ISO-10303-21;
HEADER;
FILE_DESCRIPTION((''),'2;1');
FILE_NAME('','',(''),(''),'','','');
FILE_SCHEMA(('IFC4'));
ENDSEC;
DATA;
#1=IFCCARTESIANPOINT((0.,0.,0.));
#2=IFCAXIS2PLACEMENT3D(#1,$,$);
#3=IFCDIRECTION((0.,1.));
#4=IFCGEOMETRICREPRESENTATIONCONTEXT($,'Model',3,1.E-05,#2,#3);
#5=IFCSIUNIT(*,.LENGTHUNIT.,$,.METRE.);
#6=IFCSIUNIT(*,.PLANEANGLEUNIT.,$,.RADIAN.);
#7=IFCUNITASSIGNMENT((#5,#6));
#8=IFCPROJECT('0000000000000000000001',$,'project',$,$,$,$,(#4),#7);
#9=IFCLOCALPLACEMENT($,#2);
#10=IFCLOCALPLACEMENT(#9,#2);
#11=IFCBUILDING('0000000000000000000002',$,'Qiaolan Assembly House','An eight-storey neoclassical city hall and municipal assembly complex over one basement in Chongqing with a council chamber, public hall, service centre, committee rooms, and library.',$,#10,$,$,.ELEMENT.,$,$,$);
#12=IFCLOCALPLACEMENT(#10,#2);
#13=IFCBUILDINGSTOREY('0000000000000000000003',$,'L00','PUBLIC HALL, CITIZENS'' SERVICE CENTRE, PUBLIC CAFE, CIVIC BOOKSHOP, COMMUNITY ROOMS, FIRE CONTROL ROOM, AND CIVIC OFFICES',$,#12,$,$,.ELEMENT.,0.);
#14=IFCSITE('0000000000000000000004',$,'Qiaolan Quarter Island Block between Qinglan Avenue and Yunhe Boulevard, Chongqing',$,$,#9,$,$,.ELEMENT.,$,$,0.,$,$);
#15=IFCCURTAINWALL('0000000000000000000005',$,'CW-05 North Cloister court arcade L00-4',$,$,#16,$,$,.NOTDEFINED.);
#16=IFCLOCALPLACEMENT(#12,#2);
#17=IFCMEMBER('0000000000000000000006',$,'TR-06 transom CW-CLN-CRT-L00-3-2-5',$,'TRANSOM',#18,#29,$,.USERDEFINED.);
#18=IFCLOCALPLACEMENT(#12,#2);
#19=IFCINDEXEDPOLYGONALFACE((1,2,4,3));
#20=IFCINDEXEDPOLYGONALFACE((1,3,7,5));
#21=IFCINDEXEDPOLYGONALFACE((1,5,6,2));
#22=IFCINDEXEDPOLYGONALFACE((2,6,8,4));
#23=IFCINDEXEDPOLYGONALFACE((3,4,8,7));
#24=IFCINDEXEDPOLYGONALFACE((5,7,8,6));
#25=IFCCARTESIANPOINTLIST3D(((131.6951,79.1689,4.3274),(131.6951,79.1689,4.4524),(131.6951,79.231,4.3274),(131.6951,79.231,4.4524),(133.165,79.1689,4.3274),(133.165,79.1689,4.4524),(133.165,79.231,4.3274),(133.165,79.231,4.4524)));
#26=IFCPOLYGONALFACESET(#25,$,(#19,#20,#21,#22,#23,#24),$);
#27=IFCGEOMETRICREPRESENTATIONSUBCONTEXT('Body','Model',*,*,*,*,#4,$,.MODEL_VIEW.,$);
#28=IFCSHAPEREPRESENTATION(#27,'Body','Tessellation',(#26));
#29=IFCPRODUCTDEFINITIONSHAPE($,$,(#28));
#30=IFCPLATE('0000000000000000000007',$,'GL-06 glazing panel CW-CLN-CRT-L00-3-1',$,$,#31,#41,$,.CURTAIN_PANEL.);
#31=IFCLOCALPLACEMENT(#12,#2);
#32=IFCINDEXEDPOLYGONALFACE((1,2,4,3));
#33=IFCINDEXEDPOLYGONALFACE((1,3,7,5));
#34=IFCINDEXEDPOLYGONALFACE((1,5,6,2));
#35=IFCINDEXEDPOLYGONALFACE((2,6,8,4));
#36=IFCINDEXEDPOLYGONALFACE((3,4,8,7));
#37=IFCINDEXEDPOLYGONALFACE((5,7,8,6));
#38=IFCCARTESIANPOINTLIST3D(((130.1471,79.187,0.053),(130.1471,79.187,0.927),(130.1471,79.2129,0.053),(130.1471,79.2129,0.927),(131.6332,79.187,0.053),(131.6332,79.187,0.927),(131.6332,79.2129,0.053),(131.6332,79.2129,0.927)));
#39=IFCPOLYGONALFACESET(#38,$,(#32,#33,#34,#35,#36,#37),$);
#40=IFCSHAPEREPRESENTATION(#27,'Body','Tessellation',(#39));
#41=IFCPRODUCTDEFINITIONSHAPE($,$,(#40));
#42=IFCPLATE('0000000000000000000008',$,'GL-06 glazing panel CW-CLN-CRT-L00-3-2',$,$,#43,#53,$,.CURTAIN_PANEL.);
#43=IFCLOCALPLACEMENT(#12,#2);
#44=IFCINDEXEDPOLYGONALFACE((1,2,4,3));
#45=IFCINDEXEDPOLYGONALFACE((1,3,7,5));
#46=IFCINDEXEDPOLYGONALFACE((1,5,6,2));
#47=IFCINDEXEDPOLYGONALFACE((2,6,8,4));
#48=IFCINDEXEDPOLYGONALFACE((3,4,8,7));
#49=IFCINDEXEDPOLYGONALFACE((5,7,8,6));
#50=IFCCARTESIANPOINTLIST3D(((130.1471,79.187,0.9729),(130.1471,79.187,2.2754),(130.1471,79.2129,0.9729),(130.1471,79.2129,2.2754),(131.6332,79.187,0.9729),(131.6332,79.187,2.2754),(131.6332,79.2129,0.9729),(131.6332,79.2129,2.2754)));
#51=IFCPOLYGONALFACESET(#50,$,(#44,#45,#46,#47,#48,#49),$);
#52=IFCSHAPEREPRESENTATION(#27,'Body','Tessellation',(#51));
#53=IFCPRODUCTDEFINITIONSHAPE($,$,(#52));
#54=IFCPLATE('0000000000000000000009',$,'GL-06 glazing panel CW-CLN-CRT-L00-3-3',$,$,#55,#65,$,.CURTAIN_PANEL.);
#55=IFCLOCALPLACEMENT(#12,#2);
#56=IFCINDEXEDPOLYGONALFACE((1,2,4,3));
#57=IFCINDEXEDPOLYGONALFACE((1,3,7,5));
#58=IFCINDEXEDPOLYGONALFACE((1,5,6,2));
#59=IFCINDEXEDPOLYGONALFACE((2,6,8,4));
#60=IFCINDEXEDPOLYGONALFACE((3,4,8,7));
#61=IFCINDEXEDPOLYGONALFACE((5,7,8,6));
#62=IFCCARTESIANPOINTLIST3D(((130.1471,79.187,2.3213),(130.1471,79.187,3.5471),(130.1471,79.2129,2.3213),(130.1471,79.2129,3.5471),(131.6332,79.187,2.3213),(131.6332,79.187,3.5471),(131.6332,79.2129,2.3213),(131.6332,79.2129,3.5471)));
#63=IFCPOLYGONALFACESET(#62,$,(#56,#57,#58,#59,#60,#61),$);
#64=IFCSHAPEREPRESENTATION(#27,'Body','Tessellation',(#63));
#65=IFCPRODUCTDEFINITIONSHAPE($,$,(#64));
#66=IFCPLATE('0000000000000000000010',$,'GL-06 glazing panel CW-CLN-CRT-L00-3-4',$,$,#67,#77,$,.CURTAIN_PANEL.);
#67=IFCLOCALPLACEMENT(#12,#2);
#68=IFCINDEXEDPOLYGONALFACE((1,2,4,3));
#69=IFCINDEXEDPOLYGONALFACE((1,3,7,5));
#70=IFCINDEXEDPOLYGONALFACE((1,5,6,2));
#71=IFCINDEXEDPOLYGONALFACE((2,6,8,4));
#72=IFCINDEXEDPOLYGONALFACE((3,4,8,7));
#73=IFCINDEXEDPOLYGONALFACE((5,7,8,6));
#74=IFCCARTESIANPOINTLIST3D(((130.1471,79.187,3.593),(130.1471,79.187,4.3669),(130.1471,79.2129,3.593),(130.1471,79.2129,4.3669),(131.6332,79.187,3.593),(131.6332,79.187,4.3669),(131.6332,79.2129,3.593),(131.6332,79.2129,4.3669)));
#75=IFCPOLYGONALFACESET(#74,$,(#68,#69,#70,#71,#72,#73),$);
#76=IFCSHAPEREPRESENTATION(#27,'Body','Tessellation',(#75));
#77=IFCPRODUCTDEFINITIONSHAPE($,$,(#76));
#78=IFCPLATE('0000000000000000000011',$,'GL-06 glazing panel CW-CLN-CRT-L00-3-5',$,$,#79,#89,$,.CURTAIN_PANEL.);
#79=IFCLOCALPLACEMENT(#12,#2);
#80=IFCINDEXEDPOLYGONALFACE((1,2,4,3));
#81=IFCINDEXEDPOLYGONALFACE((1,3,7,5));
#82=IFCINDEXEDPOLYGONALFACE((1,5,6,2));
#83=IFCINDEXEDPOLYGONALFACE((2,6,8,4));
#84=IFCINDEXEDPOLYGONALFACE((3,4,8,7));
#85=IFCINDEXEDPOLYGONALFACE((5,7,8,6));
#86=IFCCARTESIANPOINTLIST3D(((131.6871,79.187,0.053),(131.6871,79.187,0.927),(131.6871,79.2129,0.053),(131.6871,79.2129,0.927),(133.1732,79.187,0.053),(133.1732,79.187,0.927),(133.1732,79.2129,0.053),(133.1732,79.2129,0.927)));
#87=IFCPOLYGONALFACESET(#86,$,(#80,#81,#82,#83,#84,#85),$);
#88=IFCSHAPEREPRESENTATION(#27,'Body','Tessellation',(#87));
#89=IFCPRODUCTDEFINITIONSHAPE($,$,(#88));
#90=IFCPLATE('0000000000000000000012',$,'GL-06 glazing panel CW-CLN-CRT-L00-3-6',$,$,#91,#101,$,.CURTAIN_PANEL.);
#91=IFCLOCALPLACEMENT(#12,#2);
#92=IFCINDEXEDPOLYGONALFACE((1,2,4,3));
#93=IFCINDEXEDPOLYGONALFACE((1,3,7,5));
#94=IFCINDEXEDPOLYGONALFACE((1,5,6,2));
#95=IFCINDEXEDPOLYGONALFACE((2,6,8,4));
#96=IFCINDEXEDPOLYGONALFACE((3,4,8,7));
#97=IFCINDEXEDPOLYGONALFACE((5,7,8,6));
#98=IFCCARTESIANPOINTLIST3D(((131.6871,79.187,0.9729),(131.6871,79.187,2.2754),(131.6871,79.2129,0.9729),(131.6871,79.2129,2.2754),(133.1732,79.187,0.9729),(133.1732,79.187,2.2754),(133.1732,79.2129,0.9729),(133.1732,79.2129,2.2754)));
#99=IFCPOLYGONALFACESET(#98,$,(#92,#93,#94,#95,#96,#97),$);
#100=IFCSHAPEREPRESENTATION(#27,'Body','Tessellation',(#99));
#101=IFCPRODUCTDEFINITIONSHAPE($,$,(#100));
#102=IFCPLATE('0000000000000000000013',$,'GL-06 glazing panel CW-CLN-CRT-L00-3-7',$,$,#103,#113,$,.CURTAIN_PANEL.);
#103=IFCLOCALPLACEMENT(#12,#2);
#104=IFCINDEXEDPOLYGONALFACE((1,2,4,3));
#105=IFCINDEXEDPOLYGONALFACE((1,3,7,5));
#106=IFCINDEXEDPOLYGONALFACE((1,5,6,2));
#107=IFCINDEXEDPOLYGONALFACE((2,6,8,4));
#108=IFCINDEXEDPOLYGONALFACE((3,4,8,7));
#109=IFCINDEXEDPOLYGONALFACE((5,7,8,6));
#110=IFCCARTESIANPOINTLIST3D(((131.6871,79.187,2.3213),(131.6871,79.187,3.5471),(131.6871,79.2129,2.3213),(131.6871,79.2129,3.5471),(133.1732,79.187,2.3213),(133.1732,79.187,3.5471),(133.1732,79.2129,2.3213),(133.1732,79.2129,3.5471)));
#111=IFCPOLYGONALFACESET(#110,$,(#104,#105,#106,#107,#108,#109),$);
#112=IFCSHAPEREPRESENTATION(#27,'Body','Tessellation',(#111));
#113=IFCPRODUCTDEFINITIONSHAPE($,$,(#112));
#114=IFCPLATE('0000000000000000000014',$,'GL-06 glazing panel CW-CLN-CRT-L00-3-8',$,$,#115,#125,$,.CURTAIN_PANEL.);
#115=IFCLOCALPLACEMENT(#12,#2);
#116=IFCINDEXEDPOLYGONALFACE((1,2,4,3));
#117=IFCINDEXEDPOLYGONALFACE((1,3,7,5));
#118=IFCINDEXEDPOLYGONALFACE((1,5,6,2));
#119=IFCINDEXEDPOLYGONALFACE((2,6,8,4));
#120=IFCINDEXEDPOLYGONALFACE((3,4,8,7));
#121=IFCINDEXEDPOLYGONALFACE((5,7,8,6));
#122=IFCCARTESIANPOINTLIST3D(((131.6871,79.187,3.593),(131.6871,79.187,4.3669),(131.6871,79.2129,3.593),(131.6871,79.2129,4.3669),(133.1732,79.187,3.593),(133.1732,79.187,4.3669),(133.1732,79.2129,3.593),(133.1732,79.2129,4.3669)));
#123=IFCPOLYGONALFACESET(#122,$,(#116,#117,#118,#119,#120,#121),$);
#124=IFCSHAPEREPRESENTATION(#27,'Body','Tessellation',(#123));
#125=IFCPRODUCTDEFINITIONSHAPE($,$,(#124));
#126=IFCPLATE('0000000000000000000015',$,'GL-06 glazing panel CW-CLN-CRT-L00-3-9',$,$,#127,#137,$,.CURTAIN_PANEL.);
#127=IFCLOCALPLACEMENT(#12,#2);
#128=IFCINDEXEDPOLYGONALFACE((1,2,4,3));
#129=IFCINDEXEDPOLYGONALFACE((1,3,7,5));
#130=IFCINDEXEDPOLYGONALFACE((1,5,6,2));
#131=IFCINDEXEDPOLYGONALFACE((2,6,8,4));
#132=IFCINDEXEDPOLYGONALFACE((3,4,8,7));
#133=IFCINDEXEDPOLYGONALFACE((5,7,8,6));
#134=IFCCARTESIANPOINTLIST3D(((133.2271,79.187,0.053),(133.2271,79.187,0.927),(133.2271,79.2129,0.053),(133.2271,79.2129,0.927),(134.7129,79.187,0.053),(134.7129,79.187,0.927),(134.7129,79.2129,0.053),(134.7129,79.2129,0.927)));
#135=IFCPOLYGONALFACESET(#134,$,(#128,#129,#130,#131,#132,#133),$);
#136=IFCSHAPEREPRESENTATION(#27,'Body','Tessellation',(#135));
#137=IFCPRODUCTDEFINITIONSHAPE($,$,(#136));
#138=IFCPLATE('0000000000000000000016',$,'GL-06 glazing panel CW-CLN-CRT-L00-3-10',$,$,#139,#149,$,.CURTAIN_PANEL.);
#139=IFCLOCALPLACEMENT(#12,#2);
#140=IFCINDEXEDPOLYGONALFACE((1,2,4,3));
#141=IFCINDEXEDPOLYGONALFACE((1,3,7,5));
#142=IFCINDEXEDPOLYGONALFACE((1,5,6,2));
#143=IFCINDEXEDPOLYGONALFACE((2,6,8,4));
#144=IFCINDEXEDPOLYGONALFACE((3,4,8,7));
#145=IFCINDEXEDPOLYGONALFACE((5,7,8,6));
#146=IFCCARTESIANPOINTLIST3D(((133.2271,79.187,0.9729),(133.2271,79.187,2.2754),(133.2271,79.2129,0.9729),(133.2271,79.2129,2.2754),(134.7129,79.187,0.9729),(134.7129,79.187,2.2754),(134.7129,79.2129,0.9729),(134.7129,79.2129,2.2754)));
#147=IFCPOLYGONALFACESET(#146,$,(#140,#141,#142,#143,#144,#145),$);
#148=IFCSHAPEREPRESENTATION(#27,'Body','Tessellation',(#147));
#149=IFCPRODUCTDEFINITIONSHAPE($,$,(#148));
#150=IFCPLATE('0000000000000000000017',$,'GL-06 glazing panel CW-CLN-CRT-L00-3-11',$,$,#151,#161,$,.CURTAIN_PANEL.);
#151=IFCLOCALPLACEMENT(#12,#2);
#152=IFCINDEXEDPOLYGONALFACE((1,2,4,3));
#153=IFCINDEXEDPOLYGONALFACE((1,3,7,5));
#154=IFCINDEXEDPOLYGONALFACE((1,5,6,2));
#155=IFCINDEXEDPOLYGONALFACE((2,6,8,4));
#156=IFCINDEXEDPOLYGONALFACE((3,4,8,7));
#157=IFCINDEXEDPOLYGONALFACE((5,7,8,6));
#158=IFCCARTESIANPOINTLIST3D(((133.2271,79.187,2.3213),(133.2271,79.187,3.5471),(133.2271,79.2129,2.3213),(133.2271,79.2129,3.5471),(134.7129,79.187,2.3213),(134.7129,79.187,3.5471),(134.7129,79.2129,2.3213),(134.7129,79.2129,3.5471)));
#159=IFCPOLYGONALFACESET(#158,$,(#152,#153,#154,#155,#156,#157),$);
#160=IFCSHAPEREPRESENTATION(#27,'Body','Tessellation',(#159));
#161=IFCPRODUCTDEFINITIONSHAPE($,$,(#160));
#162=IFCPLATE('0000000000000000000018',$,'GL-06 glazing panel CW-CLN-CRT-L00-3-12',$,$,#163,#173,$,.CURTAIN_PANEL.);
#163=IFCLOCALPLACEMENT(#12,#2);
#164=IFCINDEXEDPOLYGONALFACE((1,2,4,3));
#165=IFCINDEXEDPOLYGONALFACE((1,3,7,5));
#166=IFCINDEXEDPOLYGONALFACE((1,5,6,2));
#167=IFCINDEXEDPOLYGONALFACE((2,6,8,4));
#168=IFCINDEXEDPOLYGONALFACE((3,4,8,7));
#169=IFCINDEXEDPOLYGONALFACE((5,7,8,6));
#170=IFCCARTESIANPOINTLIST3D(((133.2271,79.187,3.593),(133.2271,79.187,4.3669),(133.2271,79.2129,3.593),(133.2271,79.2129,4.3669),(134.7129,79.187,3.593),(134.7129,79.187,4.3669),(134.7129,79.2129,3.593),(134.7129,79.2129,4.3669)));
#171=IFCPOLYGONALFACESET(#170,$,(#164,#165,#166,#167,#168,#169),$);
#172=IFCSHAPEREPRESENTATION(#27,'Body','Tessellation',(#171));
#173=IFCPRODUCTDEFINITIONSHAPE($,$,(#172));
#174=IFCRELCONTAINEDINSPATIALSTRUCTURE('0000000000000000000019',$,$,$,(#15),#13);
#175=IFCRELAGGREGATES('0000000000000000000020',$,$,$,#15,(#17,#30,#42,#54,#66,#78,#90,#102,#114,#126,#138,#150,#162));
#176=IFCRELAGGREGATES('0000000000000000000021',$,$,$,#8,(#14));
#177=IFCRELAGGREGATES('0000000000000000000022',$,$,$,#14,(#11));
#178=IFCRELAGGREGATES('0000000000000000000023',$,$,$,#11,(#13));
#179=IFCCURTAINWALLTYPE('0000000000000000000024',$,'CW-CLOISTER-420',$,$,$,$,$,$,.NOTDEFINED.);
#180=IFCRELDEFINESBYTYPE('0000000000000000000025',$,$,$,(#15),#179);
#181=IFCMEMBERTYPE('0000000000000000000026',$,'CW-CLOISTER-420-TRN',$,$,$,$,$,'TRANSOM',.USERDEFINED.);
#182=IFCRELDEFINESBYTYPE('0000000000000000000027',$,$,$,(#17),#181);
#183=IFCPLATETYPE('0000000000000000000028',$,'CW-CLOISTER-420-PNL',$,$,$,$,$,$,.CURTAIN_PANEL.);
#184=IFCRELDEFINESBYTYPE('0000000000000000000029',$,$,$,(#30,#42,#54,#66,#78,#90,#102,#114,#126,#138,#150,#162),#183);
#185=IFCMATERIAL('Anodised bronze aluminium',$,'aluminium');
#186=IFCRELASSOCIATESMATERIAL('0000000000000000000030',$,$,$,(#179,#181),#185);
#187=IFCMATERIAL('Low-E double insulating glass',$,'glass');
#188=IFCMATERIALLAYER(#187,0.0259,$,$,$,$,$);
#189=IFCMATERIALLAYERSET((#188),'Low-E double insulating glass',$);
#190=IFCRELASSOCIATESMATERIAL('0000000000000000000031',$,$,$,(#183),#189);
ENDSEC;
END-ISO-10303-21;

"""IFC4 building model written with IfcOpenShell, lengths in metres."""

from ifc_helpers import new_model, si_unit, direction, frame, frame_2d, origin, origin_2d, place, context, subcontext, project, spatial, rectangle, extrude, material, layer, layer_set, material_profile, profile_set, type_object, element, aggregate, save


model = new_model("IFC4")

# Units and contexts
model_context = context("Model", 3, precision=1e-05, world=origin(), true_north=direction((0.0, 1.0)))
body_context = subcontext(model_context, "Body", "Model", "MODEL_VIEW")
ifc_project = project(units=[si_unit("LENGTHUNIT", "METRE"), si_unit("PLANEANGLEUNIT", "RADIAN")], contexts=[model_context])

# Site, building, storey
site_placement = place(None, origin())
site = spatial("IfcSite", under=ifc_project, at=site_placement, Name="Qiaolan Quarter Island Block between Qinglan Avenue and Yunhe Boulevard, Chongqing", CompositionType="ELEMENT", RefElevation=0.0)
building_placement = place(site_placement, origin())
building = spatial("IfcBuilding", under=site, at=building_placement, Name="Qiaolan Assembly House", Description="An eight-storey neoclassical city hall and municipal assembly complex over one basement in Chongqing with a council chamber, public hall, service centre, committee rooms, and library.", CompositionType="ELEMENT")
storey_placement = place(building_placement, origin())
storey = spatial("IfcBuildingStorey", under=building, at=storey_placement, Name="L00", Description="PUBLIC HALL, CITIZENS' SERVICE CENTRE, PUBLIC CAFE, CIVIC BOOKSHOP, COMMUNITY ROOMS, FIRE CONTROL ROOM, AND CIVIC OFFICES", CompositionType="ELEMENT", Elevation=0.0)

# Curtain wall, member, plates
ifc_material_1 = material(Name="Anodised bronze aluminium", Category="aluminium")
curtain_wall_type = type_object("IfcCurtainWallType", Name="CW-CLOISTER-420", PredefinedType="NOTDEFINED", material=ifc_material_1)
curtain_wall_placement = place(storey_placement, origin())
curtain_wall = element("IfcCurtainWall", 1, at=curtain_wall_placement, inside=storey, type_object=curtain_wall_type, Name="CW-05 North Cloister court arcade L00-4", PredefinedType="NOTDEFINED")
ifc_material_profile_1 = material_profile(ifc_material_1, rectangle(XDim=0.062, YDim=0.125, at=origin_2d()), Name="TRN 62x125")
ifc_profile_set_1 = profile_set([ifc_material_profile_1], Name="Anodised bronze aluminium")
member_type_1 = type_object("IfcMemberType", Name="CW-CLOISTER-420-TRN", ElementType="TRANSOM", PredefinedType="USERDEFINED", material=ifc_profile_set_1)
member_1_placement = place(storey_placement, frame((131.6951, 79.2, 4.3899), z_axis=(1.0, 0.0, 0.0), x_axis=(0.0, 1.0, 0.0)))
member_1 = element("IfcMember", 2, at=member_1_placement, type_object=member_type_1, Name="TR-06 transom CW-CLN-CRT-L00-3-2-5", ObjectType="TRANSOM", PredefinedType="USERDEFINED", context=body_context, shape_type="SweptSolid", body=[
    extrude(rectangle(XDim=0.062, YDim=0.125, at=origin_2d()), origin(), (0.0, 0.0, 1.0), 1.47),
])
ifc_material_2 = material(Name="Low-E double insulating glass", Category="glass")
ifc_layer = layer(ifc_material_2, 0.0259)
ifc_layer_set = layer_set([ifc_layer], Name="Low-E double insulating glass")
plate_type = type_object("IfcPlateType", Name="CW-CLOISTER-420-PNL", PredefinedType="CURTAIN_PANEL", material=ifc_layer_set)
plate_1_placement = place(storey_placement, frame((130.147, 79.2, 0.053), z_axis=(0.0, 0.0, 1.0), x_axis=(1.0, 0.0, 0.0)))
plate_1 = element("IfcPlate", 3, at=plate_1_placement, type_object=plate_type, Name="GL-06 glazing panel CW-CLN-CRT-L00-3-1", PredefinedType="CURTAIN_PANEL", context=body_context, shape_type="SweptSolid", body=[
    extrude(rectangle(XDim=1.4861, YDim=0.0259, at=frame_2d((0.7432, 0.0))), origin(), (0.0, 0.0, 1.0), 0.874),
])
plate_2_placement = place(storey_placement, frame((130.147, 79.2, 0.9729), z_axis=(0.0, 0.0, 1.0), x_axis=(1.0, 0.0, 0.0)))
plate_2 = element("IfcPlate", 4, at=plate_2_placement, type_object=plate_type, Name="GL-06 glazing panel CW-CLN-CRT-L00-3-2", PredefinedType="CURTAIN_PANEL", context=body_context, shape_type="SweptSolid", body=[
    extrude(rectangle(XDim=1.4861, YDim=0.0259, at=frame_2d((0.7432, 0.0))), origin(), (0.0, 0.0, 1.0), 1.3025),
])
plate_3_placement = place(storey_placement, frame((130.147, 79.2, 2.3213), z_axis=(0.0, 0.0, 1.0), x_axis=(1.0, 0.0, 0.0)))
plate_3 = element("IfcPlate", 5, at=plate_3_placement, type_object=plate_type, Name="GL-06 glazing panel CW-CLN-CRT-L00-3-3", PredefinedType="CURTAIN_PANEL", context=body_context, shape_type="SweptSolid", body=[
    extrude(rectangle(XDim=1.4861, YDim=0.0259, at=frame_2d((0.7432, 0.0))), origin(), (0.0, 0.0, 1.0), 1.2258),
])
plate_4_placement = place(storey_placement, frame((130.147, 79.2, 3.593), z_axis=(0.0, 0.0, 1.0), x_axis=(1.0, 0.0, 0.0)))
plate_4 = element("IfcPlate", 6, at=plate_4_placement, type_object=plate_type, Name="GL-06 glazing panel CW-CLN-CRT-L00-3-4", PredefinedType="CURTAIN_PANEL", context=body_context, shape_type="SweptSolid", body=[
    extrude(rectangle(XDim=1.4861, YDim=0.0259, at=frame_2d((0.7432, 0.0))), origin(), (0.0, 0.0, 1.0), 0.7739),
])
plate_5_placement = place(storey_placement, frame((131.687, 79.2, 0.053), z_axis=(0.0, 0.0, 1.0), x_axis=(1.0, 0.0, 0.0)))
plate_5 = element("IfcPlate", 7, at=plate_5_placement, type_object=plate_type, Name="GL-06 glazing panel CW-CLN-CRT-L00-3-5", PredefinedType="CURTAIN_PANEL", context=body_context, shape_type="SweptSolid", body=[
    extrude(rectangle(XDim=1.4861, YDim=0.0259, at=frame_2d((0.7432, 0.0))), origin(), (0.0, 0.0, 1.0), 0.874),
])
plate_6_placement = place(storey_placement, frame((131.687, 79.2, 0.9729), z_axis=(0.0, 0.0, 1.0), x_axis=(1.0, 0.0, 0.0)))
plate_6 = element("IfcPlate", 8, at=plate_6_placement, type_object=plate_type, Name="GL-06 glazing panel CW-CLN-CRT-L00-3-6", PredefinedType="CURTAIN_PANEL", context=body_context, shape_type="SweptSolid", body=[
    extrude(rectangle(XDim=1.4861, YDim=0.0259, at=frame_2d((0.7432, 0.0))), origin(), (0.0, 0.0, 1.0), 1.3025),
])
plate_7_placement = place(storey_placement, frame((131.687, 79.2, 2.3213), z_axis=(0.0, 0.0, 1.0), x_axis=(1.0, 0.0, 0.0)))
plate_7 = element("IfcPlate", 9, at=plate_7_placement, type_object=plate_type, Name="GL-06 glazing panel CW-CLN-CRT-L00-3-7", PredefinedType="CURTAIN_PANEL", context=body_context, shape_type="SweptSolid", body=[
    extrude(rectangle(XDim=1.4861, YDim=0.0259, at=frame_2d((0.7432, 0.0))), origin(), (0.0, 0.0, 1.0), 1.2258),
])
plate_8_placement = place(storey_placement, frame((131.687, 79.2, 3.593), z_axis=(0.0, 0.0, 1.0), x_axis=(1.0, 0.0, 0.0)))
plate_8 = element("IfcPlate", 10, at=plate_8_placement, type_object=plate_type, Name="GL-06 glazing panel CW-CLN-CRT-L00-3-8", PredefinedType="CURTAIN_PANEL", context=body_context, shape_type="SweptSolid", body=[
    extrude(rectangle(XDim=1.4861, YDim=0.0259, at=frame_2d((0.7432, 0.0))), origin(), (0.0, 0.0, 1.0), 0.7739),
])
plate_9_placement = place(storey_placement, frame((133.2271, 79.2, 0.053), z_axis=(0.0, 0.0, 1.0), x_axis=(1.0, 0.0, 0.0)))
plate_9 = element("IfcPlate", 11, at=plate_9_placement, type_object=plate_type, Name="GL-06 glazing panel CW-CLN-CRT-L00-3-9", PredefinedType="CURTAIN_PANEL", context=body_context, shape_type="SweptSolid", body=[
    extrude(rectangle(XDim=1.4858, YDim=0.0259, at=frame_2d((0.7429, 0.0))), origin(), (0.0, 0.0, 1.0), 0.874),
])
plate_10_placement = place(storey_placement, frame((133.2271, 79.2, 0.9729), z_axis=(0.0, 0.0, 1.0), x_axis=(1.0, 0.0, 0.0)))
plate_10 = element("IfcPlate", 12, at=plate_10_placement, type_object=plate_type, Name="GL-06 glazing panel CW-CLN-CRT-L00-3-10", PredefinedType="CURTAIN_PANEL", context=body_context, shape_type="SweptSolid", body=[
    extrude(rectangle(XDim=1.4858, YDim=0.0259, at=frame_2d((0.7429, 0.0))), origin(), (0.0, 0.0, 1.0), 1.3025),
])
plate_11_placement = place(storey_placement, frame((133.2271, 79.2, 2.3213), z_axis=(0.0, 0.0, 1.0), x_axis=(1.0, 0.0, 0.0)))
plate_11 = element("IfcPlate", 13, at=plate_11_placement, type_object=plate_type, Name="GL-06 glazing panel CW-CLN-CRT-L00-3-11", PredefinedType="CURTAIN_PANEL", context=body_context, shape_type="SweptSolid", body=[
    extrude(rectangle(XDim=1.4858, YDim=0.0259, at=frame_2d((0.7429, 0.0))), origin(), (0.0, 0.0, 1.0), 1.2258),
])
plate_12_placement = place(storey_placement, frame((133.2271, 79.2, 3.593), z_axis=(0.0, 0.0, 1.0), x_axis=(1.0, 0.0, 0.0)))
plate_12 = element("IfcPlate", 14, at=plate_12_placement, type_object=plate_type, Name="GL-06 glazing panel CW-CLN-CRT-L00-3-12", PredefinedType="CURTAIN_PANEL", context=body_context, shape_type="SweptSolid", body=[
    extrude(rectangle(XDim=1.4858, YDim=0.0259, at=frame_2d((0.7429, 0.0))), origin(), (0.0, 0.0, 1.0), 0.7739),
])
aggregate(curtain_wall, [member_1, plate_1, plate_2, plate_3, plate_4, plate_5, plate_6, plate_7, plate_8, plate_9, plate_10, plate_11, plate_12])

save(model, "model.ifc")
